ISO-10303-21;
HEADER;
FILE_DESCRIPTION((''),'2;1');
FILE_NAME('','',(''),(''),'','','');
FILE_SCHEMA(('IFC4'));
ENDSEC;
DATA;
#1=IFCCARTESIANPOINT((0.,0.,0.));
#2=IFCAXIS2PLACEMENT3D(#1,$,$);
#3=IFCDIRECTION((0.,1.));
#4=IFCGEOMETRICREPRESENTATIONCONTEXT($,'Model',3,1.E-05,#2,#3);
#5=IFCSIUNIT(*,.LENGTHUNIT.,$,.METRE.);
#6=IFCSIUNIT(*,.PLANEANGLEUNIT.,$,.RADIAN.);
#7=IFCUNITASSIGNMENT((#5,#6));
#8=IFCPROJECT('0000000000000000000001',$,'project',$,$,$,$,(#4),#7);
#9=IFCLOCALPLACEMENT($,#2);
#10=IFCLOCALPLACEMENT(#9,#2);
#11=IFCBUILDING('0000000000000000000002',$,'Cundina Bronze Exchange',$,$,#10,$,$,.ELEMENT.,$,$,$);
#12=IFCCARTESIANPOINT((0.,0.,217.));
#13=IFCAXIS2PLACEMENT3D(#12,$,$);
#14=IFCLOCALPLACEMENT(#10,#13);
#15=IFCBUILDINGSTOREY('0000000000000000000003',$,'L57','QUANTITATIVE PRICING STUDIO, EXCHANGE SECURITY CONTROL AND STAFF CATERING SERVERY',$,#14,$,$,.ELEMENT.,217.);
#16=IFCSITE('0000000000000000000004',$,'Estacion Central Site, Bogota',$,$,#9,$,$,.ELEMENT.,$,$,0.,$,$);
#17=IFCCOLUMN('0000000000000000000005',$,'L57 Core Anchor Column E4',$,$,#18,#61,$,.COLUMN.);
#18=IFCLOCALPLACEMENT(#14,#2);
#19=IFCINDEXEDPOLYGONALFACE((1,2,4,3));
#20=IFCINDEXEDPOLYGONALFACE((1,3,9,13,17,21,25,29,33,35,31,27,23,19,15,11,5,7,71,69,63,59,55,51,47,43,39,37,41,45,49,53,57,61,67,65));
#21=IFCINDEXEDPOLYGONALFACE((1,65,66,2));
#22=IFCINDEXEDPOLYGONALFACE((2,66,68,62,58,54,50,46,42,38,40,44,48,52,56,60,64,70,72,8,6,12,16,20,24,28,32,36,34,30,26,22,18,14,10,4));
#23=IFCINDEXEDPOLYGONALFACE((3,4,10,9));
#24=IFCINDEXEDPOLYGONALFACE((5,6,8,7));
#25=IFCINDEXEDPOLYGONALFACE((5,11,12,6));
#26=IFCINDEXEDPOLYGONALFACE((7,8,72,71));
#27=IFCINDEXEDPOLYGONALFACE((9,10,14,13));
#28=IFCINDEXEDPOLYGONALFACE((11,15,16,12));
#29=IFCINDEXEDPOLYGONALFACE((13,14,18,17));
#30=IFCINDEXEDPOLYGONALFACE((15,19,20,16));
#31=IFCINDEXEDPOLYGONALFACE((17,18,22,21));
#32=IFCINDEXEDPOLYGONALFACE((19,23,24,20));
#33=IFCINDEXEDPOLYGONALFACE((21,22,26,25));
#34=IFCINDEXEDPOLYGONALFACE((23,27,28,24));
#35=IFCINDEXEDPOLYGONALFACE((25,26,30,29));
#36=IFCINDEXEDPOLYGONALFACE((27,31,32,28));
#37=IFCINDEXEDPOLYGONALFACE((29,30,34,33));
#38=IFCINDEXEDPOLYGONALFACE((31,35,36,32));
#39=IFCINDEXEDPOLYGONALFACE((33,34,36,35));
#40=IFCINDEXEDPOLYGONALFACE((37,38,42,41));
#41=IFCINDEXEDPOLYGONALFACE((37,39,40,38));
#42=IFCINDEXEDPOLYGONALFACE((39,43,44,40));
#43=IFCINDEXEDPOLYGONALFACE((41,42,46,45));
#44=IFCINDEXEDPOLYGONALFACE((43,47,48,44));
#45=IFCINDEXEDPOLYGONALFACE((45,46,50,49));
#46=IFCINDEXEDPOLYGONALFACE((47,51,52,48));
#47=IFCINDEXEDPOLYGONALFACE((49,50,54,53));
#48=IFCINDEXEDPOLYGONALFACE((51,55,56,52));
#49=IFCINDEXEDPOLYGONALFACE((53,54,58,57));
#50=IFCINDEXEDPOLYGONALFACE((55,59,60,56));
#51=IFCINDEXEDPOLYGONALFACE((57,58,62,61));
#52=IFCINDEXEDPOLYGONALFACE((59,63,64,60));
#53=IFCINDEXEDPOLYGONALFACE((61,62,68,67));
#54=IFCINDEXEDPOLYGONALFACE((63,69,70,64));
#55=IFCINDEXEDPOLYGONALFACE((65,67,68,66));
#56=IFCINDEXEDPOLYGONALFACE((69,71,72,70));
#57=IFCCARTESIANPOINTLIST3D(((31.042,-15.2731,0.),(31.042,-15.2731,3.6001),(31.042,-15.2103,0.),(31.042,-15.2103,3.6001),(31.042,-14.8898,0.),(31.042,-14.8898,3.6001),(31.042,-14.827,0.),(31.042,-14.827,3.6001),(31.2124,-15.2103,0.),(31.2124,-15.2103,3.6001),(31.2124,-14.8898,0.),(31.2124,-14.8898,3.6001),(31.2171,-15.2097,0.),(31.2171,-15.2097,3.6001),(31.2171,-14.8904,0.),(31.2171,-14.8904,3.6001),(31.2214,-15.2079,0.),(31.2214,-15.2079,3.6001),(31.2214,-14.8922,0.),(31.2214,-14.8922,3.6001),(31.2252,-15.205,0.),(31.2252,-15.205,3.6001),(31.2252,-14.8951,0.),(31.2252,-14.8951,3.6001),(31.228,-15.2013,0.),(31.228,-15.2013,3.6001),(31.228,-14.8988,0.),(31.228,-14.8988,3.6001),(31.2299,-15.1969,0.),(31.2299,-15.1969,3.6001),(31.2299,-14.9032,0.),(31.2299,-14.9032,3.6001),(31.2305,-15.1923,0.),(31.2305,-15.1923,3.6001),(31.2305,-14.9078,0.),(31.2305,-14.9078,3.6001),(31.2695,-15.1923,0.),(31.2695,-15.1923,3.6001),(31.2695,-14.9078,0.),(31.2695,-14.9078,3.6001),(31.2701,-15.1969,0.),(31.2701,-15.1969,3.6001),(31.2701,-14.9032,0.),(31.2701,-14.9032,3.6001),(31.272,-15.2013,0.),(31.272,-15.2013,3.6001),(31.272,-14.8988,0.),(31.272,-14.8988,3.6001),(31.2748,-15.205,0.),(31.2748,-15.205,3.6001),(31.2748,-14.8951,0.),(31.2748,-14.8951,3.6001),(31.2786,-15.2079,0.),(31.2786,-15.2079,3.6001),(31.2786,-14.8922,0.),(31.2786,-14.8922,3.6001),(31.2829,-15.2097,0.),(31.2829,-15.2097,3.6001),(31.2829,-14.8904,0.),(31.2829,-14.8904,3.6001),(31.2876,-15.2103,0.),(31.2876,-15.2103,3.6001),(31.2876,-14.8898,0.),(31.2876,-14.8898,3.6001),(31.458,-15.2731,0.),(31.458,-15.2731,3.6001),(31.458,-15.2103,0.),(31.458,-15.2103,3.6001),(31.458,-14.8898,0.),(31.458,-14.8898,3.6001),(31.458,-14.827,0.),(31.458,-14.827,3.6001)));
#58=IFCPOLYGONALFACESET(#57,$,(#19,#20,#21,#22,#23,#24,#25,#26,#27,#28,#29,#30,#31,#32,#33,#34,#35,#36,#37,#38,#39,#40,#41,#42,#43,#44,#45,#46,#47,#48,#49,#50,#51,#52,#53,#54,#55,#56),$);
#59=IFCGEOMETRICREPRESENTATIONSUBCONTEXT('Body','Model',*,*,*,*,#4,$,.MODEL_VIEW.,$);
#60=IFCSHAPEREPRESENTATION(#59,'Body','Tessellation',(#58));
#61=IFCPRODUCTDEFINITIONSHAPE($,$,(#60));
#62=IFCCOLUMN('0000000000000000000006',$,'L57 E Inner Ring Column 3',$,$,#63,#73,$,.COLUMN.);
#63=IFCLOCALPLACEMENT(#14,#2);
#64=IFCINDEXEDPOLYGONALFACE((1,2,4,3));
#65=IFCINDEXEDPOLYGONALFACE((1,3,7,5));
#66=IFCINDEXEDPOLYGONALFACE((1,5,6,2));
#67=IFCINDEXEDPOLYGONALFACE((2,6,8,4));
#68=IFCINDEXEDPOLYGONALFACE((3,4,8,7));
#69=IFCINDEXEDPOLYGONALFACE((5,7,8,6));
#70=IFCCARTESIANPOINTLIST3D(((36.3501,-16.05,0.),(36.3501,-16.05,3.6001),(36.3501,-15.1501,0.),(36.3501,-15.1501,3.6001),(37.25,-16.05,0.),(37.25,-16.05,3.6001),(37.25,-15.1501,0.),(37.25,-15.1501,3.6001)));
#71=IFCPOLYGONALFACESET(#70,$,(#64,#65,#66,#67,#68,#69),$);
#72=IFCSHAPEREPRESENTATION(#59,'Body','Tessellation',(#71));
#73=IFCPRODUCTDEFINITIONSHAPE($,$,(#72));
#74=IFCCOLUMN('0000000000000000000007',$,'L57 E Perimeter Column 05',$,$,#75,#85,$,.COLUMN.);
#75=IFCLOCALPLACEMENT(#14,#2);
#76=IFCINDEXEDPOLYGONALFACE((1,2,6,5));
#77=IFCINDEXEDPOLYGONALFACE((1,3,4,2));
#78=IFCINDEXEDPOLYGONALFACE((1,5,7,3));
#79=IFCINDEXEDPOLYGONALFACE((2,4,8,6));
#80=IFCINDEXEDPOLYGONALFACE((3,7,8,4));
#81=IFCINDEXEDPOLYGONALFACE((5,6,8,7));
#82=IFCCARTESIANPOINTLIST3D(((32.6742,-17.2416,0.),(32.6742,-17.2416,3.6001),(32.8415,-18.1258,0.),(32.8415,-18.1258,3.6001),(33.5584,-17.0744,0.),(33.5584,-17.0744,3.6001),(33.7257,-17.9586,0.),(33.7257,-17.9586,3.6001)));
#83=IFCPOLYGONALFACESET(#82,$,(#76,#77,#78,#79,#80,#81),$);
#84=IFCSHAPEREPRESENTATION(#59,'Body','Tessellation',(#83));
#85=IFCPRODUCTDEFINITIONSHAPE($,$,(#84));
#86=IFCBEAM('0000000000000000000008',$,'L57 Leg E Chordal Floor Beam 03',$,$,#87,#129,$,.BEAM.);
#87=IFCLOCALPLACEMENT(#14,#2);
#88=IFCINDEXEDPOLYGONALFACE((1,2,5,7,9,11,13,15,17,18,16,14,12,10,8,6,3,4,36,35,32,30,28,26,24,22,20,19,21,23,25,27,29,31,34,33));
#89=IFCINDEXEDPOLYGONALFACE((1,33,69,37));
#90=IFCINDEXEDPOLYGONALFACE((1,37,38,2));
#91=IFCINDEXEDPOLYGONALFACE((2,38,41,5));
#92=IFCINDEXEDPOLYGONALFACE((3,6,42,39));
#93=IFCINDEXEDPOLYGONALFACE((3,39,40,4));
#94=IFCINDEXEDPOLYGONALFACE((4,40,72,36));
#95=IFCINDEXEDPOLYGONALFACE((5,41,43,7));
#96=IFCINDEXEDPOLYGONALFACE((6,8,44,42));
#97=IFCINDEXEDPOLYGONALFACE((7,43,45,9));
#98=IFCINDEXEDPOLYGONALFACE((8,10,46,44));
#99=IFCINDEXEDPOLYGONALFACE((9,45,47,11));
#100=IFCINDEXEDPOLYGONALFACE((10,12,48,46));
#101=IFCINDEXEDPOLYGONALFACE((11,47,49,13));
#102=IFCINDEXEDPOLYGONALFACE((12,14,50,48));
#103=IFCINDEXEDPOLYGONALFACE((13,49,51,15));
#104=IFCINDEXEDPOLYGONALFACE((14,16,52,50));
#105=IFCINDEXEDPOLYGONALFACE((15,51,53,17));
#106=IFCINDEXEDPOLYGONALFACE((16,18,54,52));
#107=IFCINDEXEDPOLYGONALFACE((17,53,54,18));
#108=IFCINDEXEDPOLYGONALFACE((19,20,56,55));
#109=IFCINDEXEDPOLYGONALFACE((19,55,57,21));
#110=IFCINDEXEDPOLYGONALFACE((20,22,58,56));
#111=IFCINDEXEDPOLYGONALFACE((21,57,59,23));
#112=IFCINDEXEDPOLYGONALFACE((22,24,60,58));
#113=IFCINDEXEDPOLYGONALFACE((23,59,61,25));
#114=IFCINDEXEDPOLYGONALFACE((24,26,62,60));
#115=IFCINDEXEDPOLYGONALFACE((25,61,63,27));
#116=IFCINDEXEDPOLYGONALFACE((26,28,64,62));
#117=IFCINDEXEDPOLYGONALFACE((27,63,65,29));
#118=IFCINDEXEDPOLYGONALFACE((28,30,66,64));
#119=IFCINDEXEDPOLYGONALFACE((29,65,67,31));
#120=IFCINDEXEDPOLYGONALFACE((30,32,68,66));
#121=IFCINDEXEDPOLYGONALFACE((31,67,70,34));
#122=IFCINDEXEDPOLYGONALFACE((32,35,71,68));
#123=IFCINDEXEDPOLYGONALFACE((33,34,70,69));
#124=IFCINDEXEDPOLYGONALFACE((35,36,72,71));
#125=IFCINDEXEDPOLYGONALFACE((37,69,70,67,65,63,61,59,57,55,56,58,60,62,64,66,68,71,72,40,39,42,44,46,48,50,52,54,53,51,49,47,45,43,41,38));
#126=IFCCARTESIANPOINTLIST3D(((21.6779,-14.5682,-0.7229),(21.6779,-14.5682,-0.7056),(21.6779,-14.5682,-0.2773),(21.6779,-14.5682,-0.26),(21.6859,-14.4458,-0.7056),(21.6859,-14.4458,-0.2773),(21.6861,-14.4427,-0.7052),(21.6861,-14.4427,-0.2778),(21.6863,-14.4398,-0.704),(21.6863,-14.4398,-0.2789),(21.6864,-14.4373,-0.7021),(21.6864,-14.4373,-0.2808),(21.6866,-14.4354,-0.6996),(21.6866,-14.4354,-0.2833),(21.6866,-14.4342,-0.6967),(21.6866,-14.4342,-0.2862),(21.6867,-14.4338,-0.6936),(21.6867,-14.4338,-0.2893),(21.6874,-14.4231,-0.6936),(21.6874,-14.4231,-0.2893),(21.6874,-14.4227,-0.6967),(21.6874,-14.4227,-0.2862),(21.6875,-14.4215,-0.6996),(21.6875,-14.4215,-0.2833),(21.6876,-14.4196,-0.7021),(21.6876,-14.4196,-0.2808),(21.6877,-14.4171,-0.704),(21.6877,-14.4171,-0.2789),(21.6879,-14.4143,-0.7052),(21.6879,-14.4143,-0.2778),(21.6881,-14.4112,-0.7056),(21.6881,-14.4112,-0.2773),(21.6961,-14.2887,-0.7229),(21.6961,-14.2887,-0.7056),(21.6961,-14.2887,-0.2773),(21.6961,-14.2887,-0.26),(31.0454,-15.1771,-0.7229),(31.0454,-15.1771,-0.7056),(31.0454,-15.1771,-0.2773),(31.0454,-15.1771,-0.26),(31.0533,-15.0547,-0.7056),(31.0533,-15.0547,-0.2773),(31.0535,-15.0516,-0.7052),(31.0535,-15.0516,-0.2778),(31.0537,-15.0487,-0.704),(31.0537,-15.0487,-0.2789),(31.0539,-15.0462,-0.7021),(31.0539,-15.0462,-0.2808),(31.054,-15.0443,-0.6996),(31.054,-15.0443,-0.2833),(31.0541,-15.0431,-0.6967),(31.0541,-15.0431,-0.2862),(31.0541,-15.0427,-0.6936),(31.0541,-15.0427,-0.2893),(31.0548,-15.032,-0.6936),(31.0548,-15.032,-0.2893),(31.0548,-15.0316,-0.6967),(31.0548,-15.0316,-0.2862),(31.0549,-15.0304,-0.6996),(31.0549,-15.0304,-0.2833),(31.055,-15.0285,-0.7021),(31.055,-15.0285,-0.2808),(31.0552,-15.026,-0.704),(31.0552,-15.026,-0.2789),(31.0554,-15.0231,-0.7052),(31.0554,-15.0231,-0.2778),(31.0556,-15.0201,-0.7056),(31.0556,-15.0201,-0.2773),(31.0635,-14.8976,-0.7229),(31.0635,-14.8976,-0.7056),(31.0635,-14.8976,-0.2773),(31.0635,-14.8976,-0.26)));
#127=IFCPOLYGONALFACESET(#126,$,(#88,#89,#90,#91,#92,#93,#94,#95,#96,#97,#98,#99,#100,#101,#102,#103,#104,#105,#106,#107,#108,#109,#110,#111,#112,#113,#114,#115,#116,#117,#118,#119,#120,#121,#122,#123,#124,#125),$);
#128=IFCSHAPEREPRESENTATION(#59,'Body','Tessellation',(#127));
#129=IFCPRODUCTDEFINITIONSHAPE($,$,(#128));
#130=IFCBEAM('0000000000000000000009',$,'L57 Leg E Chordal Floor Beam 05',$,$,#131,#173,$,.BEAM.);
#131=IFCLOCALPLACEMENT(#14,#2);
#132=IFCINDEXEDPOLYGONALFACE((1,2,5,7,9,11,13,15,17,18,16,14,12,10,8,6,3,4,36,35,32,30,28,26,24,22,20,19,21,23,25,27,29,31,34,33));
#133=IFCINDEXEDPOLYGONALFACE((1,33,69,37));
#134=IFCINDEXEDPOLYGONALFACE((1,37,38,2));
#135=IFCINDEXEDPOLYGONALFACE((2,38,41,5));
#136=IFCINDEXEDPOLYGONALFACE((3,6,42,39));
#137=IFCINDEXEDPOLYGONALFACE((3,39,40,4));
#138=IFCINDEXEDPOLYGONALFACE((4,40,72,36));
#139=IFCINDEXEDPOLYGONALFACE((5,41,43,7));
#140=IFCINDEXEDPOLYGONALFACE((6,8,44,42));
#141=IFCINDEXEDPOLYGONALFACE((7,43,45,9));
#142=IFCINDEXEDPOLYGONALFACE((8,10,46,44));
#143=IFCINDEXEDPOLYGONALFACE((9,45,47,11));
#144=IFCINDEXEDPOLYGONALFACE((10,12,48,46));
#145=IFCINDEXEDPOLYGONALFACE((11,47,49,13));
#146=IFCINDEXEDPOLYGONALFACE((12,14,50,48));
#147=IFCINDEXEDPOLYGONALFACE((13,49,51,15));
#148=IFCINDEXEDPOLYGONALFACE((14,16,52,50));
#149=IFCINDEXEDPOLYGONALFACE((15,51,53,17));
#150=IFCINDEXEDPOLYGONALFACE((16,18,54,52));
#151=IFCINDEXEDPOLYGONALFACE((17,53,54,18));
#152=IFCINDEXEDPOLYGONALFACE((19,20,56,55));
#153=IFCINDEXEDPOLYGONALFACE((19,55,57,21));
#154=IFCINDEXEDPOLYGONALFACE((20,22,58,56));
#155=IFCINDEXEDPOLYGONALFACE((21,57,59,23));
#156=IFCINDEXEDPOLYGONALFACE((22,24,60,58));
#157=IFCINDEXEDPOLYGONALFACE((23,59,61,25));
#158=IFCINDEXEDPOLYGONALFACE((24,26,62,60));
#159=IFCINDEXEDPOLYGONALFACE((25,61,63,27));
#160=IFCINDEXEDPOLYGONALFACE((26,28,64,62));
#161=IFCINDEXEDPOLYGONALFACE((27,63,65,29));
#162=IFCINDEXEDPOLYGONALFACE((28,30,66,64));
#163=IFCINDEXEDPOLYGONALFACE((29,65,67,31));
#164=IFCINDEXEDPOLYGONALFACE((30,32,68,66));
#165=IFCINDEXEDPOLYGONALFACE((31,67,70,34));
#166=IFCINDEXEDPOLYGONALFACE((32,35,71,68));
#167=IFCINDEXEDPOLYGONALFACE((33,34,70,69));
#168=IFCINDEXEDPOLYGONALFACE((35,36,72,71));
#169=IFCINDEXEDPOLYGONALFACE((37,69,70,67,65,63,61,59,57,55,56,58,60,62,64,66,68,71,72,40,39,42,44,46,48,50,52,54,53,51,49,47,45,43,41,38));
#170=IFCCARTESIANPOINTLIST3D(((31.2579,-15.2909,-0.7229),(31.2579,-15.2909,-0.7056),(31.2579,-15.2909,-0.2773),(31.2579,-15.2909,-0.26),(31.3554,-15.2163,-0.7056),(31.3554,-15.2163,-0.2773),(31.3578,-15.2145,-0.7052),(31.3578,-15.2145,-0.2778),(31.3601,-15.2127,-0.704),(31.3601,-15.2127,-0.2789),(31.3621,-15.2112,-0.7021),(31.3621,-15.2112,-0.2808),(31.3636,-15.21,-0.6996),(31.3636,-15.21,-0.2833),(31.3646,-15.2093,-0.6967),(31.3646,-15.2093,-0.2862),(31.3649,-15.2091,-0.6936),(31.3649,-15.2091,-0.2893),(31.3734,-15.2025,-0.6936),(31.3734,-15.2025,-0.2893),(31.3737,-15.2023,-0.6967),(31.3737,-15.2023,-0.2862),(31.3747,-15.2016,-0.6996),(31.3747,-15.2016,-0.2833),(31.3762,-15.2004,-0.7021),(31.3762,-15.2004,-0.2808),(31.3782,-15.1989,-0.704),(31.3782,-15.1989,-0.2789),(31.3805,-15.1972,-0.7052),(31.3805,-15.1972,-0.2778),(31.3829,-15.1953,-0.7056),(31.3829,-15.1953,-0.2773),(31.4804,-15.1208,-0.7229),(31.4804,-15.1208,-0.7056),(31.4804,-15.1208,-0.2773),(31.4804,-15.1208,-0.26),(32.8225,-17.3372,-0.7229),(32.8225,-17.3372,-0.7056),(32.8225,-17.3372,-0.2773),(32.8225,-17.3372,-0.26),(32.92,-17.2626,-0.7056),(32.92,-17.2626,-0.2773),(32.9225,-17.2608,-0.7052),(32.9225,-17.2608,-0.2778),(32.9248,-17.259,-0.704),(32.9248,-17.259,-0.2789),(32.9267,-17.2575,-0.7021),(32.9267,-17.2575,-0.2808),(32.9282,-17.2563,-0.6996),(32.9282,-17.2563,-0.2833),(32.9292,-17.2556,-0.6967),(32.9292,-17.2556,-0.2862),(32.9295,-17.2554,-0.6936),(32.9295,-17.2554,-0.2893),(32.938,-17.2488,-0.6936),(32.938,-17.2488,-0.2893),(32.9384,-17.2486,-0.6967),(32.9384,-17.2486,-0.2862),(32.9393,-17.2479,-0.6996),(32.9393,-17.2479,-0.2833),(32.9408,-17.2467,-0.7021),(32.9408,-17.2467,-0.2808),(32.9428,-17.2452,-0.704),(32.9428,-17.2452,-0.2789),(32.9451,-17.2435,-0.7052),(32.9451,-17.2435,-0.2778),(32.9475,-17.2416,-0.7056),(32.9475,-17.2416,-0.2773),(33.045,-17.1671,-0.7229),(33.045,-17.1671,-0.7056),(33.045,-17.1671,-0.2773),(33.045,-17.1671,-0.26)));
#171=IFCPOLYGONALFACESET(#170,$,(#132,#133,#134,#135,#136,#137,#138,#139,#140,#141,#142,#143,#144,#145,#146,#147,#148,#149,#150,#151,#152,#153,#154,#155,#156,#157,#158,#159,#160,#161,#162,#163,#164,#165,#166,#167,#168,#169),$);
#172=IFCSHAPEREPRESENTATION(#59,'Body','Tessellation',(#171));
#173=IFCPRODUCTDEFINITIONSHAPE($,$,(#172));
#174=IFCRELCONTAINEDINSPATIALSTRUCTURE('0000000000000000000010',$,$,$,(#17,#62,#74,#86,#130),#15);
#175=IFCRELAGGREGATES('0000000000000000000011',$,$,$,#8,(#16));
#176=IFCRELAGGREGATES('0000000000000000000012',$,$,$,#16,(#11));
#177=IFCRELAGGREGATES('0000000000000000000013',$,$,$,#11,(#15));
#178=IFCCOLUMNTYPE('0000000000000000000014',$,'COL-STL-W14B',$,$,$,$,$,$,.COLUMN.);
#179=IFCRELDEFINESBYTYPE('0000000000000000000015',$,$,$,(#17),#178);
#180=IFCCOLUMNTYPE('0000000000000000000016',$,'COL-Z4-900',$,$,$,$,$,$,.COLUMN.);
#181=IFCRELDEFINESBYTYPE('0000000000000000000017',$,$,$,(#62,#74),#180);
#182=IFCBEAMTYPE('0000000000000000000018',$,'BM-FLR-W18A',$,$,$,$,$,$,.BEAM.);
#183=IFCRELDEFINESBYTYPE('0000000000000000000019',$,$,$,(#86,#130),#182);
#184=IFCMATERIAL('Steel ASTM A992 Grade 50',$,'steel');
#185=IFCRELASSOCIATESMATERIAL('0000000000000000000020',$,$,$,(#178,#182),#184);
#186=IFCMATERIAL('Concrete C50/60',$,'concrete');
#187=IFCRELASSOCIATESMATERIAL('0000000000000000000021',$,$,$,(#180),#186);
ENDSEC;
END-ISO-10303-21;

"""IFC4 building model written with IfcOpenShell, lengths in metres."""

from ifc_helpers import new_model, si_unit, direction, frame, origin, origin_2d, place, context, subcontext, project, spatial, rectangle, i_section, extrude, material, material_profile, profile_set, type_object, element, save


model = new_model("IFC4")

# Units and contexts
model_context = context("Model", 3, precision=1e-05, world=origin(), true_north=direction((0.0, 1.0)))
body_context = subcontext(model_context, "Body", "Model", "MODEL_VIEW")
ifc_project = project(units=[si_unit("LENGTHUNIT", "METRE"), si_unit("PLANEANGLEUNIT", "RADIAN")], contexts=[model_context])

# Site, building, storey
site_placement = place(None, origin())
site = spatial("IfcSite", under=ifc_project, at=site_placement, Name="Estacion Central Site, Bogota", CompositionType="ELEMENT", RefElevation=0.0)
building_placement = place(site_placement, origin())
building = spatial("IfcBuilding", under=site, at=building_placement, Name="Cundina Bronze Exchange", CompositionType="ELEMENT")
storey_placement = place(building_placement, frame((0.0, 0.0, 217.0)))
storey = spatial("IfcBuildingStorey", under=building, at=storey_placement, Name="L57", Description="QUANTITATIVE PRICING STUDIO, EXCHANGE SECURITY CONTROL AND STAFF CATERING SERVERY", CompositionType="ELEMENT", Elevation=217.0)

# Columns
ifc_material_1 = material(Name="Steel ASTM A992 Grade 50", Category="steel")
ifc_material_profile_1 = material_profile(ifc_material_1, i_section(OverallWidth=0.416, OverallDepth=0.446, WebThickness=0.0391, FlangeThickness=0.0627, FilletRadius=0.0181, at=origin_2d()), Name="W14X342", Category="steel")
ifc_profile_set_1 = profile_set([ifc_material_profile_1], Name="Steel ASTM A992 Grade 50")
column_type_1 = type_object("IfcColumnType", Name="COL-STL-W14B", PredefinedType="COLUMN", material=ifc_profile_set_1)
column_placement = place(storey_placement, frame((31.25, -15.05, 0.0), z_axis=(0.0, 0.0, 1.0), x_axis=(1.0, 0.0, 0.0)))
element("IfcColumn", 1, at=column_placement, inside=storey, type_object=column_type_1, Name="L57 Core Anchor Column E4", PredefinedType="COLUMN", context=body_context, shape_type="SweptSolid", body=[
    extrude(i_section(OverallWidth=0.416, OverallDepth=0.446, WebThickness=0.0391, FlangeThickness=0.0627, FilletRadius=0.0181, at=origin_2d()), origin(), (0.0, 0.0, 1.0), 3.6001),
])
ifc_material_2 = material(Name="Concrete C50/60", Category="concrete")
ifc_material_profile_2 = material_profile(ifc_material_2, rectangle(XDim=0.8999, YDim=0.8999, at=origin_2d()), Name="RC900X900", Category="concrete")
ifc_profile_set_2 = profile_set([ifc_material_profile_2], Name="Concrete C50/60")
column_type_2 = type_object("IfcColumnType", Name="COL-Z4-900", PredefinedType="COLUMN", material=ifc_profile_set_2)
for number, where, z_axis, x_axis, name in (
    (2, (36.8, -15.6001, 0.0), (0.0, 0.0, 1.0), (1.0, 0.0, 0.0), "L57 E Inner Ring Column 3"),
    (3, (33.2, -17.6001, 0.0), (0.0, 0.0, 1.0), (0.98258, 0.185838, 0.0), "L57 E Perimeter Column 05"),
):
    element("IfcColumn", number, at=place(storey_placement, frame(where, z_axis=z_axis, x_axis=x_axis)), inside=storey, type_object=column_type_2, Name=name, PredefinedType="COLUMN", context=body_context, shape_type="SweptSolid", body=[
        extrude(rectangle(XDim=0.8999, YDim=0.8999, at=origin_2d()), origin(), (0.0, 0.0, 1.0), 3.6001),
    ])

# Beams
ifc_material_profile_3 = material_profile(ifc_material_1, i_section(OverallWidth=0.28, OverallDepth=0.4629, WebThickness=0.0107, FlangeThickness=0.0173, FilletRadius=0.012, at=origin_2d()), Name="W18X76", Category="steel")
ifc_profile_set_3 = profile_set([ifc_material_profile_3], Name="Steel ASTM A992 Grade 50")
beam_type_1 = type_object("IfcBeamType", Name="BM-FLR-W18A", PredefinedType="BEAM", material=ifc_profile_set_3)
beam_1_placement = place(storey_placement, frame((31.0544, -15.0374, -0.4915), z_axis=(-0.997894, 0.064864, 0.0), x_axis=(-0.064864, -0.997894, 0.0)))
element("IfcBeam", 4, at=beam_1_placement, inside=storey, type_object=beam_type_1, Name="L57 Leg E Chordal Floor Beam 03", PredefinedType="BEAM", context=body_context, shape_type="SweptSolid", body=[
    extrude(i_section(OverallWidth=0.28, OverallDepth=0.4629, WebThickness=0.0107, FlangeThickness=0.0173, FilletRadius=0.012, at=origin_2d()), origin(), (0.0, 0.0, 1.0), 9.3872),
])
beam_2_placement = place(storey_placement, frame((31.3691, -15.2058, -0.4915), z_axis=(0.607404, -0.794393, 0.0), x_axis=(0.794393, 0.607404, 0.0)))
element("IfcBeam", 5, at=beam_2_placement, inside=storey, type_object=beam_type_1, Name="L57 Leg E Chordal Floor Beam 05", PredefinedType="BEAM", context=body_context, shape_type="SweptSolid", body=[
    extrude(i_section(OverallWidth=0.28, OverallDepth=0.4629, WebThickness=0.0107, FlangeThickness=0.0173, FilletRadius=0.012, at=origin_2d()), origin(), (0.0, 0.0, 1.0), 2.5759),
])

save(model, "model.ifc")
